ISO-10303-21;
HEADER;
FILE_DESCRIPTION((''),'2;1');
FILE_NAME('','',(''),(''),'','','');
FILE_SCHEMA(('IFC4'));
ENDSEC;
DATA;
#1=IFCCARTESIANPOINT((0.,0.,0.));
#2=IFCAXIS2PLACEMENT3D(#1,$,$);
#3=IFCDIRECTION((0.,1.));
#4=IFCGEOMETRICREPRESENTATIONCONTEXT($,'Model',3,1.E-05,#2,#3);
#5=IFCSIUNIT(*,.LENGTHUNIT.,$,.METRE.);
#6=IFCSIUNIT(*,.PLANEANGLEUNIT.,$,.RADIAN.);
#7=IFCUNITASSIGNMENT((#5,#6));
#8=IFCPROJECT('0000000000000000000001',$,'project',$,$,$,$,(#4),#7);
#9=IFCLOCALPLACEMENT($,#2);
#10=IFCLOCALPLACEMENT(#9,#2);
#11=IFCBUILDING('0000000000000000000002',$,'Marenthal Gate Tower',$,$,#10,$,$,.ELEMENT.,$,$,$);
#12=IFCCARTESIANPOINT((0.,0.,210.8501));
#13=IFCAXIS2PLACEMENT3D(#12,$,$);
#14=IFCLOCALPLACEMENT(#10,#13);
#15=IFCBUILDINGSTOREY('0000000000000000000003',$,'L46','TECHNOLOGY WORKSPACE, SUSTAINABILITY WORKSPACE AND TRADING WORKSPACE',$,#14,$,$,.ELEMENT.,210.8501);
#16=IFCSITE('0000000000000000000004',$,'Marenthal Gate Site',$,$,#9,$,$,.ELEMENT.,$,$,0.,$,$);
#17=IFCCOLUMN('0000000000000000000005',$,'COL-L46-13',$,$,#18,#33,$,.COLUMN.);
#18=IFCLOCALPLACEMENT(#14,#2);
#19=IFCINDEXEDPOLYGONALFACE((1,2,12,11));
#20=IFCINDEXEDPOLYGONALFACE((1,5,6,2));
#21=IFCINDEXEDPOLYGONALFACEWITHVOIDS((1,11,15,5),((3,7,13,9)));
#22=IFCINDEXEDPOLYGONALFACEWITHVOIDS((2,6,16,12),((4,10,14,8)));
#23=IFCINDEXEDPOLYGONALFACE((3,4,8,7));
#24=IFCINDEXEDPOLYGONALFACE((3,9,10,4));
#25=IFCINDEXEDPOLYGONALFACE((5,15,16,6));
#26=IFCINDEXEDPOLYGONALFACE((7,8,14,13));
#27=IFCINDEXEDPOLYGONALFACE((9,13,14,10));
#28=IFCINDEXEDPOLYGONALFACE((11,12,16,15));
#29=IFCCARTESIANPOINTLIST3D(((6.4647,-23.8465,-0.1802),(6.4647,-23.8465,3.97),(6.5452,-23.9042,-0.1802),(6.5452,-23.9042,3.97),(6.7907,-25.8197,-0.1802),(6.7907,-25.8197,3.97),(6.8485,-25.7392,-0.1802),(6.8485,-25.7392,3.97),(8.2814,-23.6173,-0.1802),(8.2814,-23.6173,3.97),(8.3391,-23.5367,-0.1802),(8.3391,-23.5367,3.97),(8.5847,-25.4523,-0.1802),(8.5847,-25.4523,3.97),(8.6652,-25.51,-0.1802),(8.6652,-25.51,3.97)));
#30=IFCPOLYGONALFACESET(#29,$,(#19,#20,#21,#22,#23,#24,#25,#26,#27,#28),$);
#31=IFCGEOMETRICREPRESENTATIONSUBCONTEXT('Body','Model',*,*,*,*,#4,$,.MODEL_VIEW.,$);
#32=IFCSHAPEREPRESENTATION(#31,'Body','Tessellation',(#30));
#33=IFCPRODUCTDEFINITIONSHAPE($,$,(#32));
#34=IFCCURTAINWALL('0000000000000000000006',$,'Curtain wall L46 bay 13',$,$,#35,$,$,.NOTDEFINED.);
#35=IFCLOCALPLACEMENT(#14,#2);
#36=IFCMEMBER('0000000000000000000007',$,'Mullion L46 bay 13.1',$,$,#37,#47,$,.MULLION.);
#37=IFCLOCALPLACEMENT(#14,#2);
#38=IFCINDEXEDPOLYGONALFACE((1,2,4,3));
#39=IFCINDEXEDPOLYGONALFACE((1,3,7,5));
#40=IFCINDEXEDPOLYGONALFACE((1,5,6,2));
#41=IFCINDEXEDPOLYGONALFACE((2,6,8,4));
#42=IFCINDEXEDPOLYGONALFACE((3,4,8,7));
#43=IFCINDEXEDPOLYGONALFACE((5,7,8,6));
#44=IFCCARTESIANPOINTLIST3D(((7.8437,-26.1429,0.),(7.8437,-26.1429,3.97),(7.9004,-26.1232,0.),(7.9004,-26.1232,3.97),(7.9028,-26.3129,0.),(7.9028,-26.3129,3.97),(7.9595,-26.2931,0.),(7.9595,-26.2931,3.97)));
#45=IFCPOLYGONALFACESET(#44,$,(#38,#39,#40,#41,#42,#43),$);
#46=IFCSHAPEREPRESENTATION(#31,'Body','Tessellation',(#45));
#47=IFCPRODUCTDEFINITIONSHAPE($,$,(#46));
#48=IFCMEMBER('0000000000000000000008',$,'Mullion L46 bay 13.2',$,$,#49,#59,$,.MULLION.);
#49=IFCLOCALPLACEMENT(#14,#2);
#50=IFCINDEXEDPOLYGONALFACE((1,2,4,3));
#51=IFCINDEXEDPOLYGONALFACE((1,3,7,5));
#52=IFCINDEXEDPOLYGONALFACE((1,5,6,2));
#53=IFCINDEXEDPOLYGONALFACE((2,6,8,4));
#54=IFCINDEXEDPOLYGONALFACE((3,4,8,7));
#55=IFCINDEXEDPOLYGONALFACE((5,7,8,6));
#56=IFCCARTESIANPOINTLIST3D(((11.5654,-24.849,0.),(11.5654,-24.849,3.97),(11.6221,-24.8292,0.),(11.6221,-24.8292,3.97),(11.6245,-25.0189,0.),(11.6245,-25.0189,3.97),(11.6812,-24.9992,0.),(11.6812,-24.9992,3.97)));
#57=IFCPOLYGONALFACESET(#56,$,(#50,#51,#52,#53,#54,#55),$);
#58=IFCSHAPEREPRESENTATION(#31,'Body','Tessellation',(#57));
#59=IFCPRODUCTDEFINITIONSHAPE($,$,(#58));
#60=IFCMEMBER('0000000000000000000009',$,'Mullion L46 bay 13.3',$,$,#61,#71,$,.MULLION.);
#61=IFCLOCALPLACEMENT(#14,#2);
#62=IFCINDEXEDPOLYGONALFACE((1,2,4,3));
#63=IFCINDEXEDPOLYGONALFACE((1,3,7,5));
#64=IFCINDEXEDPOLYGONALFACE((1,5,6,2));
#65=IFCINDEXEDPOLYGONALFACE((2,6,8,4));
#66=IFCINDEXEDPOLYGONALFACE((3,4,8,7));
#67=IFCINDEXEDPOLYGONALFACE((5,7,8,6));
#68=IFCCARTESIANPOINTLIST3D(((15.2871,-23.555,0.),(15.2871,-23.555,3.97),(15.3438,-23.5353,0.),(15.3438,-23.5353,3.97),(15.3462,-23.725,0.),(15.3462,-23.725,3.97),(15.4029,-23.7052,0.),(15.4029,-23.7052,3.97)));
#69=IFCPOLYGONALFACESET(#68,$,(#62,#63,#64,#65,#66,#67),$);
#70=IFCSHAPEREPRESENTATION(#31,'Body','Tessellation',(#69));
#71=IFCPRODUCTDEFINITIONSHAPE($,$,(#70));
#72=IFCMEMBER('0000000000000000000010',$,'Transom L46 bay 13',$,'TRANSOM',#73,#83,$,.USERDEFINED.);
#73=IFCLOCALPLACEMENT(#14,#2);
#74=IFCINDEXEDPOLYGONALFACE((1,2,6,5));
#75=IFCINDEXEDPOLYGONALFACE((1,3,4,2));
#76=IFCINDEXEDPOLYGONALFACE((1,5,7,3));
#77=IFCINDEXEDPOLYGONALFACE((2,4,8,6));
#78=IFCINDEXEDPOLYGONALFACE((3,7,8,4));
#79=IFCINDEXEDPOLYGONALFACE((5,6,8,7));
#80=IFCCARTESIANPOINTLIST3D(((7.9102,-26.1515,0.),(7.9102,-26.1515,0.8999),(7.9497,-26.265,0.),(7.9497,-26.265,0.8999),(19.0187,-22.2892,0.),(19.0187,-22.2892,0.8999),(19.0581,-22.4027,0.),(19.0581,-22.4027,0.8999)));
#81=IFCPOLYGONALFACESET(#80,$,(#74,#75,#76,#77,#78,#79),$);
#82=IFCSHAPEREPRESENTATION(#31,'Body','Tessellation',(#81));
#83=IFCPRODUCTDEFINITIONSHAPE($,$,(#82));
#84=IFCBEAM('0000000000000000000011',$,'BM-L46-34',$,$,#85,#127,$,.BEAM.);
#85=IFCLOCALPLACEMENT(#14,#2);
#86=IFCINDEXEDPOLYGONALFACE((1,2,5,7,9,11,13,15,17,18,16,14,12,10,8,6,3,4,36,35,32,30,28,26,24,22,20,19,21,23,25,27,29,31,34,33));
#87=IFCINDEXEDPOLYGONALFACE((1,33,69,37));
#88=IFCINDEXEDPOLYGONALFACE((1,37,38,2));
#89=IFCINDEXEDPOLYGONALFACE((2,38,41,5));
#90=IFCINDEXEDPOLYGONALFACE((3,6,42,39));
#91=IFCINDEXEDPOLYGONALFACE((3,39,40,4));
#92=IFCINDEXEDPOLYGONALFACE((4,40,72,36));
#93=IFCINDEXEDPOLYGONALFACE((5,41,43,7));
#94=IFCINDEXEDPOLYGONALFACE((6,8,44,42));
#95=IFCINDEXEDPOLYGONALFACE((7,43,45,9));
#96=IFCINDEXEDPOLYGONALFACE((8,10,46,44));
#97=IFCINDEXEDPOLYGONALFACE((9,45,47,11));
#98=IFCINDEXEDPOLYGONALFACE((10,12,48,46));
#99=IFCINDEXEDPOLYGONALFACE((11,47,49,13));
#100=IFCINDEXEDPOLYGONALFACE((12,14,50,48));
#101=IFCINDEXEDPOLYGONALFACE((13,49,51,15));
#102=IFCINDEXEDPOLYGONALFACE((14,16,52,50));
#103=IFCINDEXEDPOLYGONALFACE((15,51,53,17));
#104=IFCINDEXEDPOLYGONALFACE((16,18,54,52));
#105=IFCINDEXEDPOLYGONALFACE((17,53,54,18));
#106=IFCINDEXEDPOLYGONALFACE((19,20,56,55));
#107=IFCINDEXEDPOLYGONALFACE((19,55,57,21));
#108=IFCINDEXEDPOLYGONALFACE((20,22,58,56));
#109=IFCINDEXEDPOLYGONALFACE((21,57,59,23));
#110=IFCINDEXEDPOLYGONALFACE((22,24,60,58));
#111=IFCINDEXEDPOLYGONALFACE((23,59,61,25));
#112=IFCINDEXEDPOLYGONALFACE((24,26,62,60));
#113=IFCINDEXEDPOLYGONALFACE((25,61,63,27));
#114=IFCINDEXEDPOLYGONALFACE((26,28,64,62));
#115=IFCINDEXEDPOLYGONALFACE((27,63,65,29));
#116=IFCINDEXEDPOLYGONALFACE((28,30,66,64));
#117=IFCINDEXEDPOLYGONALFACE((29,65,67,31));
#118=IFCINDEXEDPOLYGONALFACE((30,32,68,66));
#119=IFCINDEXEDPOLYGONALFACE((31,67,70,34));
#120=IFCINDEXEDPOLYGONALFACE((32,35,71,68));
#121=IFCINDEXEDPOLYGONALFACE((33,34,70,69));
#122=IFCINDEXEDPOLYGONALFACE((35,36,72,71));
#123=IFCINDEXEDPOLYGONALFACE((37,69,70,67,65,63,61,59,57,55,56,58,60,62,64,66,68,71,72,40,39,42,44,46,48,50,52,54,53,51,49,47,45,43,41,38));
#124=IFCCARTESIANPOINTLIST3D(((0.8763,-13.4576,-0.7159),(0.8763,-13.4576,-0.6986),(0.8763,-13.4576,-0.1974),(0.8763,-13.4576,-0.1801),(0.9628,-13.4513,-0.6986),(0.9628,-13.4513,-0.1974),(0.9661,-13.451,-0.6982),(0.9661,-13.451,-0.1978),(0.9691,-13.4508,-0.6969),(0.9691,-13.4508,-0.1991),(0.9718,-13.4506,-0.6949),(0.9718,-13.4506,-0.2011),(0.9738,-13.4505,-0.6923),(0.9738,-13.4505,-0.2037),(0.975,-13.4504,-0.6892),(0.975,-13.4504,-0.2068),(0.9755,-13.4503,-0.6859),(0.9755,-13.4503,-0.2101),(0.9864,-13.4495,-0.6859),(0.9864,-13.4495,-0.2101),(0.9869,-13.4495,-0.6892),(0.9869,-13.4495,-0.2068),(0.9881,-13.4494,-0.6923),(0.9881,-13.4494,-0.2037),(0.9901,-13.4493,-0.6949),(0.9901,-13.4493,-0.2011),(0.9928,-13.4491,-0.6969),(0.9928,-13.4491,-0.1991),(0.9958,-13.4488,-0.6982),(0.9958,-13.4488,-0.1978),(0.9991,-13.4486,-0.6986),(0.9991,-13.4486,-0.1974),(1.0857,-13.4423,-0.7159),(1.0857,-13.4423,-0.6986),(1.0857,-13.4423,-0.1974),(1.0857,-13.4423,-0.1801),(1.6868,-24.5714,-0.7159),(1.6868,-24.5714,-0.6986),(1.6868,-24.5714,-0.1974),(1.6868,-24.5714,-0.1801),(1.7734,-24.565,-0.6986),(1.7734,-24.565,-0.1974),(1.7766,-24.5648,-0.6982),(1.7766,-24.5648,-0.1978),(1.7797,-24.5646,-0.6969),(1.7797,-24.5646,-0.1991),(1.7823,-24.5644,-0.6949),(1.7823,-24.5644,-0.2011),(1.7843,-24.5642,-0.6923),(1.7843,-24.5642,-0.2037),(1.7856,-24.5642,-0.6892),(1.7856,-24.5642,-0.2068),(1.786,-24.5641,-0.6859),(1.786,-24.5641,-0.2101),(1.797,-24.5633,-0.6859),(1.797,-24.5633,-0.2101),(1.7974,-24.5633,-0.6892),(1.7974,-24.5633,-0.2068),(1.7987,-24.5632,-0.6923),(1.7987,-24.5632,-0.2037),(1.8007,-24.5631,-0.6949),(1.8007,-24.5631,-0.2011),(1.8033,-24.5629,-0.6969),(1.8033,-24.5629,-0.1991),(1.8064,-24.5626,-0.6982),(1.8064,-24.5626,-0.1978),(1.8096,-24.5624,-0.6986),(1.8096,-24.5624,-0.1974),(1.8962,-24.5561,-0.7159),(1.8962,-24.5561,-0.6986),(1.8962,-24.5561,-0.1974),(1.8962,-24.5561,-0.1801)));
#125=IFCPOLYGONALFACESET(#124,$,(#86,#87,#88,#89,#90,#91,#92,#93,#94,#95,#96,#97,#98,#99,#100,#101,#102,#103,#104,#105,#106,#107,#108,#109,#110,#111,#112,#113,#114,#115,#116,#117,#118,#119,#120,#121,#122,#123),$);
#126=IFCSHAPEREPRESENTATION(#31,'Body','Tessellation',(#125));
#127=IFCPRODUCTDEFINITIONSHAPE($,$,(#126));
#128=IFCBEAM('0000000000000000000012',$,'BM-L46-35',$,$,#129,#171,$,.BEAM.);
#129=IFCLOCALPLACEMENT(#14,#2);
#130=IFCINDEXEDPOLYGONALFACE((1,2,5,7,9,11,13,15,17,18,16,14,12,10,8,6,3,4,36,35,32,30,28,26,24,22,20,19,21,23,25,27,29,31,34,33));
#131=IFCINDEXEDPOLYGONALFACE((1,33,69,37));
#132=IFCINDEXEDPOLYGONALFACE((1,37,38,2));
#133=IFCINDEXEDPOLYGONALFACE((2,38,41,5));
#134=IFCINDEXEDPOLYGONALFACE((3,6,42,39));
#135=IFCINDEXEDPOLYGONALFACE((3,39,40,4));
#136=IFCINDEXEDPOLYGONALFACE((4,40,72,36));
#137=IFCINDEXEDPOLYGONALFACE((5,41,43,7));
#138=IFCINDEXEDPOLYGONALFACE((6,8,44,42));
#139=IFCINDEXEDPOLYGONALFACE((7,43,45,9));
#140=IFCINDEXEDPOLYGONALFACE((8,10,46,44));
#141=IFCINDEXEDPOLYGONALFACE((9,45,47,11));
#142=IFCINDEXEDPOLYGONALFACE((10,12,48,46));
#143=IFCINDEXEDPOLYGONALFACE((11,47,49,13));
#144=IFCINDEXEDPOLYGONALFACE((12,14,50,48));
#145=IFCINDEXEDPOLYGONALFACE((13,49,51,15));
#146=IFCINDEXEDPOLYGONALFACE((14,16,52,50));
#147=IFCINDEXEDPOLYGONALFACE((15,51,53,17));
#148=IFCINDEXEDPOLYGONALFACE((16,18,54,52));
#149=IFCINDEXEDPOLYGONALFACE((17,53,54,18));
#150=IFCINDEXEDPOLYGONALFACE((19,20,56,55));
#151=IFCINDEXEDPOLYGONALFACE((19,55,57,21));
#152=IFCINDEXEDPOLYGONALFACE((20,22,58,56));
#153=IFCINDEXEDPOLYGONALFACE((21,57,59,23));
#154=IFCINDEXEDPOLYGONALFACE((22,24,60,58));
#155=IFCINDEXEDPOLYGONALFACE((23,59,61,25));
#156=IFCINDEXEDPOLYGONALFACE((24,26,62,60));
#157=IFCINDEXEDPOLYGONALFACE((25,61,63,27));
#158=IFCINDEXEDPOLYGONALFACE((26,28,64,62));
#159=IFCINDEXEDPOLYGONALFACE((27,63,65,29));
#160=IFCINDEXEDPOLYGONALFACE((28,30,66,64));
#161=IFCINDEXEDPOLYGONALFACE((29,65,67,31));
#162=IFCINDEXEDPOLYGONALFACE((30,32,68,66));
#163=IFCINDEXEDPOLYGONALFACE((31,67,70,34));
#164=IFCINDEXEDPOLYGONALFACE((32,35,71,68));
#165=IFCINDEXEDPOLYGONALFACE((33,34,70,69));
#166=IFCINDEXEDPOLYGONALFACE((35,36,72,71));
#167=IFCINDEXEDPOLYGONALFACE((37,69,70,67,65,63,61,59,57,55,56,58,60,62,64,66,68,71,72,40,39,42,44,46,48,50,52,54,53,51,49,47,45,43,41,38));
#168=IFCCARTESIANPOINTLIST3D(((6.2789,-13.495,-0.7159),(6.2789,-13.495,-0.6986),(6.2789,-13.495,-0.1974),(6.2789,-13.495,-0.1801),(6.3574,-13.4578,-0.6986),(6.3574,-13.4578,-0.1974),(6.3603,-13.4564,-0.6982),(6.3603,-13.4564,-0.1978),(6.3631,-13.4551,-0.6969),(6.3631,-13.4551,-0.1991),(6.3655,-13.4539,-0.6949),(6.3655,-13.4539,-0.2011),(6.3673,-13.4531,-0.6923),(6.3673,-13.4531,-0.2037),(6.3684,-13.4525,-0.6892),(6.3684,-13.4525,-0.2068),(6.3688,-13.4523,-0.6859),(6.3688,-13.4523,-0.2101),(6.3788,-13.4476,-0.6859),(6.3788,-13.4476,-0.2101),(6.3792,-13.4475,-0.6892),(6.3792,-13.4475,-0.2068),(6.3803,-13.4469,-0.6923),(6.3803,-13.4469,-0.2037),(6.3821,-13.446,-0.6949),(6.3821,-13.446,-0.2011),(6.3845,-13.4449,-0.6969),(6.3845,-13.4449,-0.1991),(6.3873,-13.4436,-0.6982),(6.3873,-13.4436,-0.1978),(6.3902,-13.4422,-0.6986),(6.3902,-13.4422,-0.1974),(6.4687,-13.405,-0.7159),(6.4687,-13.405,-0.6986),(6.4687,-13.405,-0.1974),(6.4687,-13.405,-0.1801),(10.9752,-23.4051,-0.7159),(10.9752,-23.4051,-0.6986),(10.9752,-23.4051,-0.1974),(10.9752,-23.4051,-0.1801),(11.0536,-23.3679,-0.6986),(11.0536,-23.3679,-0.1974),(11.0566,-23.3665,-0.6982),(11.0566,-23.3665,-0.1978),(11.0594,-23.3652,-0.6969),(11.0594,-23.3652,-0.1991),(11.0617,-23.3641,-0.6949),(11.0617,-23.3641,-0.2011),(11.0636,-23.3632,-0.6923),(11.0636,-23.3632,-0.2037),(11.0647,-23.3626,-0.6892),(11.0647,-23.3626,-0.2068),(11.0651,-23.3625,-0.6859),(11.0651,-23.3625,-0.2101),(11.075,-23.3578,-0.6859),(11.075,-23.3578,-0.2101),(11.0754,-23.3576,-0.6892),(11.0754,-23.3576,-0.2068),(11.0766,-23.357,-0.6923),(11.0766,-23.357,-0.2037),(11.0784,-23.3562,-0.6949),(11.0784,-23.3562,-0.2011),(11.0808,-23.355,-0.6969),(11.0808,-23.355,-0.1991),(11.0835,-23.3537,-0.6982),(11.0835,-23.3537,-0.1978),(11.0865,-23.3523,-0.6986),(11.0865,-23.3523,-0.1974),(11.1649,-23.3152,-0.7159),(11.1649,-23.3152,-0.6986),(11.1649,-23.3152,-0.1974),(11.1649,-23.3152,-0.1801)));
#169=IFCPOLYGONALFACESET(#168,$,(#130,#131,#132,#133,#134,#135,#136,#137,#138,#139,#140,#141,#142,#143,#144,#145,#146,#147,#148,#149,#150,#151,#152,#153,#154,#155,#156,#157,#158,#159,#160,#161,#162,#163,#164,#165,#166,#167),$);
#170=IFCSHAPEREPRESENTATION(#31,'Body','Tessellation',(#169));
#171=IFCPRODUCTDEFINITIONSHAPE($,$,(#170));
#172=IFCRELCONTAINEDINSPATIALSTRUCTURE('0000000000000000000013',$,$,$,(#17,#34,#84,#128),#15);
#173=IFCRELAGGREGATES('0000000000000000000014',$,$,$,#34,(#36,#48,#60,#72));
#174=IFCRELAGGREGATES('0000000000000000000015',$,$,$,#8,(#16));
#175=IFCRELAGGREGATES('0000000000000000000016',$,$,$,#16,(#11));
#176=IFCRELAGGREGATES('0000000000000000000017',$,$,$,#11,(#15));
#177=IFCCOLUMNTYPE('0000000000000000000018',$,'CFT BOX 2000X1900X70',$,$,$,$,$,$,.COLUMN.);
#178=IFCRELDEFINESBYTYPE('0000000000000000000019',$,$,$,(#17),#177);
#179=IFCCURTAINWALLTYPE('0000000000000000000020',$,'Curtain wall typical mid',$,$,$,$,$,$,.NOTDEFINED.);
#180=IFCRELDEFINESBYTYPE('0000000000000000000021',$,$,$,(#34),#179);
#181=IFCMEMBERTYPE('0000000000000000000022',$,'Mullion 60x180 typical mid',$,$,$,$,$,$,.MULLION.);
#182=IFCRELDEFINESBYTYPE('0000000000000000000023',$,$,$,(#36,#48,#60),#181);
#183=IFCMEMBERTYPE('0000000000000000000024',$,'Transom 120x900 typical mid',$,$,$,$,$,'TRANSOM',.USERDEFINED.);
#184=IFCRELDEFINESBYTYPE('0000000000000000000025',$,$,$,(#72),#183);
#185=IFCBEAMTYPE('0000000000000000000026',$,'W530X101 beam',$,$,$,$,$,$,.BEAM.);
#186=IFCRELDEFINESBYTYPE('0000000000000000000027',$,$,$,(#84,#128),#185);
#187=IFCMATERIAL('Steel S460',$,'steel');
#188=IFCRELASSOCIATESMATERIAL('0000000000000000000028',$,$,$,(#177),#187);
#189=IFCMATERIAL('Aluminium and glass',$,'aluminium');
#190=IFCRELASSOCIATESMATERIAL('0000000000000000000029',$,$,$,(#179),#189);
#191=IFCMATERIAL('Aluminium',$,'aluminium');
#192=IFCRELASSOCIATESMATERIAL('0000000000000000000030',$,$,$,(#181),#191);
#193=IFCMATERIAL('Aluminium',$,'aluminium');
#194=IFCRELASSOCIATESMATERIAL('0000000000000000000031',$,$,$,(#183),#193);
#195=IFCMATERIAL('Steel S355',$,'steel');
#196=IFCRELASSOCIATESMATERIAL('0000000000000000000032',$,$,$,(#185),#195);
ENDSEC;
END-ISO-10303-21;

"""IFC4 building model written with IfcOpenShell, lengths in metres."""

from ifc_helpers import new_model, si_unit, direction, frame, origin, origin_2d, place, context, subcontext, project, spatial, rectangle, hollow_rectangle, i_section, extrude, material, material_profile, profile_set, type_object, element, aggregate, save


model = new_model("IFC4")

# Units and contexts
model_context = context("Model", 3, precision=1e-05, world=origin(), true_north=direction((0.0, 1.0)))
body_context = subcontext(model_context, "Body", "Model", "MODEL_VIEW")
ifc_project = project(units=[si_unit("LENGTHUNIT", "METRE"), si_unit("PLANEANGLEUNIT", "RADIAN")], contexts=[model_context])

# Site, building, storey
site_placement = place(None, origin())
site = spatial("IfcSite", under=ifc_project, at=site_placement, Name="Marenthal Gate Site", CompositionType="ELEMENT", RefElevation=0.0)
building_placement = place(site_placement, origin())
building = spatial("IfcBuilding", under=site, at=building_placement, Name="Marenthal Gate Tower", CompositionType="ELEMENT")
storey_placement = place(building_placement, frame((0.0, 0.0, 210.8501)))
storey = spatial("IfcBuildingStorey", under=building, at=storey_placement, Name="L46", Description="TECHNOLOGY WORKSPACE, SUSTAINABILITY WORKSPACE AND TRADING WORKSPACE", CompositionType="ELEMENT", Elevation=210.8501)

# Column
ifc_material_1 = material(Name="Steel S460", Category="steel")
ifc_material_profile_1 = material_profile(ifc_material_1, hollow_rectangle(XDim=1.8999, YDim=2.0, WallThickness=0.0701, at=origin_2d()), Name="CFT BOX 2000X1900X70")
ifc_material_2 = material(Name="Concrete 70 MPa", Category="concrete")
ifc_material_profile_2 = material_profile(ifc_material_2, rectangle(XDim=1.76, YDim=1.8601, at=origin_2d()), Name="CFT BOX 2000X1900X70 INFILL")
ifc_profile_set_1 = profile_set([ifc_material_profile_1, ifc_material_profile_2], Name="Steel S460 shell, Concrete 70 MPa infill")
column_type = type_object("IfcColumnType", Name="CFT BOX 2000X1900X70", PredefinedType="COLUMN", material=ifc_profile_set_1)
column_placement = place(storey_placement, frame((7.5649, -24.6782, -0.1802), z_axis=(0.0, 0.0, 1.0), x_axis=(-0.986619, -0.163044, 0.0)))
element("IfcColumn", 1, at=column_placement, inside=storey, type_object=column_type, Name="COL-L46-13", PredefinedType="COLUMN", context=body_context, shape_type="SweptSolid", body=[
    extrude(hollow_rectangle(XDim=1.8999, YDim=2.0, WallThickness=0.0701, at=origin_2d()), origin(), (0.0, 0.0, 1.0), 4.1501),
])

# Curtain wall, members
ifc_material_3 = material(Name="Aluminium and glass", Category="aluminium")
curtain_wall_type = type_object("IfcCurtainWallType", Name="Curtain wall typical mid", PredefinedType="NOTDEFINED", material=ifc_material_3)
curtain_wall_placement = place(storey_placement, origin())
curtain_wall = element("IfcCurtainWall", 2, at=curtain_wall_placement, inside=storey, type_object=curtain_wall_type, Name="Curtain wall L46 bay 13", PredefinedType="NOTDEFINED")
ifc_material_4 = material(Name="Aluminium", Category="aluminium")
ifc_material_profile_3 = material_profile(ifc_material_4, rectangle(XDim=0.1799, YDim=0.0601, at=origin_2d()), Name="60x180 aluminium mullion")
ifc_profile_set_2 = profile_set([ifc_material_profile_3], Name="Aluminium")
member_type_1 = type_object("IfcMemberType", Name="Mullion 60x180 typical mid", PredefinedType="MULLION", material=ifc_profile_set_2)
member_1_placement = place(storey_placement, frame((7.9016, -26.218, 0.0), z_axis=(0.0, 0.0, 1.0), x_axis=(-0.3284, 0.944539, 0.0)))
member_1 = element("IfcMember", 3, at=member_1_placement, type_object=member_type_1, Name="Mullion L46 bay 13.1", PredefinedType="MULLION", context=body_context, shape_type="SweptSolid", body=[
    extrude(rectangle(XDim=0.1799, YDim=0.0601, at=origin_2d()), origin(), (0.0, 0.0, 1.0), 3.97),
])
member_2_placement = place(storey_placement, frame((11.6233, -24.9241, 0.0), z_axis=(0.0, 0.0, 1.0), x_axis=(-0.3284, 0.944539, 0.0)))
member_2 = element("IfcMember", 4, at=member_2_placement, type_object=member_type_1, Name="Mullion L46 bay 13.2", PredefinedType="MULLION", context=body_context, shape_type="SweptSolid", body=[
    extrude(rectangle(XDim=0.1799, YDim=0.0601, at=origin_2d()), origin(), (0.0, 0.0, 1.0), 3.97),
])
member_3_placement = place(storey_placement, frame((15.345, -23.6301, 0.0), z_axis=(0.0, 0.0, 1.0), x_axis=(-0.3284, 0.944539, 0.0)))
member_3 = element("IfcMember", 5, at=member_3_placement, type_object=member_type_1, Name="Mullion L46 bay 13.3", PredefinedType="MULLION", context=body_context, shape_type="SweptSolid", body=[
    extrude(rectangle(XDim=0.1799, YDim=0.0601, at=origin_2d()), origin(), (0.0, 0.0, 1.0), 3.97),
])
ifc_material_5 = material(Name="Aluminium", Category="aluminium")
ifc_material_profile_4 = material_profile(ifc_material_5, rectangle(XDim=0.1201, YDim=0.8999, at=origin_2d()), Name="120x900 aluminium transom")
ifc_profile_set_3 = profile_set([ifc_material_profile_4], Name="Aluminium")
member_type_2 = type_object("IfcMemberType", Name="Transom 120x900 typical mid", ElementType="TRANSOM", PredefinedType="USERDEFINED", material=ifc_profile_set_3)
member_4_placement = place(storey_placement, frame((7.9299, -26.2083, 0.45), z_axis=(0.944536, 0.328408, 0.0), x_axis=(-0.328408, 0.944536, 0.0)))
member_4 = element("IfcMember", 6, at=member_4_placement, type_object=member_type_2, Name="Transom L46 bay 13", ObjectType="TRANSOM", PredefinedType="USERDEFINED", context=body_context, shape_type="SweptSolid", body=[
    extrude(rectangle(XDim=0.1201, YDim=0.8999, at=origin_2d()), origin(), (0.0, 0.0, 1.0), 11.7607),
])

# Beams
ifc_material_6 = material(Name="Steel S355", Category="steel")
ifc_material_profile_5 = material_profile(ifc_material_6, i_section(OverallWidth=0.21, OverallDepth=0.5359, WebThickness=0.011, FlangeThickness=0.0173, FilletRadius=0.0127, at=origin_2d()), Name="W530X101")
ifc_profile_set_4 = profile_set([ifc_material_profile_5], Name="Steel S355")
beam_type_1 = type_object("IfcBeamType", Name="W530X101 beam", PredefinedType="BEAM", material=ifc_profile_set_4)
beam_1_placement = place(storey_placement, frame((1.7915, -24.5637, -0.448), z_axis=(-0.072739, 0.997351, 0.0), x_axis=(-0.997351, -0.072739, 0.0)))
element("IfcBeam", 7, at=beam_1_placement, inside=storey, type_object=beam_type_1, Name="BM-L46-34", PredefinedType="BEAM", context=body_context, shape_type="SweptSolid", body=[
    extrude(i_section(OverallWidth=0.21, OverallDepth=0.5359, WebThickness=0.011, FlangeThickness=0.0173, FilletRadius=0.0127, at=origin_2d()), origin(), (0.0, 0.0, 1.0), 11.1433),
])
beam_2_placement = place(storey_placement, frame((11.0701, -23.3601, -0.448), z_axis=(-0.428236, 0.903667, 0.0), x_axis=(-0.903667, -0.428236, 0.0)))
element("IfcBeam", 8, at=beam_2_placement, inside=storey, type_object=beam_type_1, Name="BM-L46-35", PredefinedType="BEAM", context=body_context, shape_type="SweptSolid", body=[
    extrude(i_section(OverallWidth=0.21, OverallDepth=0.5359, WebThickness=0.011, FlangeThickness=0.0173, FilletRadius=0.0127, at=origin_2d()), origin(), (0.0, 0.0, 1.0), 10.9666),
])

aggregate(curtain_wall, [member_1, member_2, member_3, member_4])

save(model, "model.ifc")
